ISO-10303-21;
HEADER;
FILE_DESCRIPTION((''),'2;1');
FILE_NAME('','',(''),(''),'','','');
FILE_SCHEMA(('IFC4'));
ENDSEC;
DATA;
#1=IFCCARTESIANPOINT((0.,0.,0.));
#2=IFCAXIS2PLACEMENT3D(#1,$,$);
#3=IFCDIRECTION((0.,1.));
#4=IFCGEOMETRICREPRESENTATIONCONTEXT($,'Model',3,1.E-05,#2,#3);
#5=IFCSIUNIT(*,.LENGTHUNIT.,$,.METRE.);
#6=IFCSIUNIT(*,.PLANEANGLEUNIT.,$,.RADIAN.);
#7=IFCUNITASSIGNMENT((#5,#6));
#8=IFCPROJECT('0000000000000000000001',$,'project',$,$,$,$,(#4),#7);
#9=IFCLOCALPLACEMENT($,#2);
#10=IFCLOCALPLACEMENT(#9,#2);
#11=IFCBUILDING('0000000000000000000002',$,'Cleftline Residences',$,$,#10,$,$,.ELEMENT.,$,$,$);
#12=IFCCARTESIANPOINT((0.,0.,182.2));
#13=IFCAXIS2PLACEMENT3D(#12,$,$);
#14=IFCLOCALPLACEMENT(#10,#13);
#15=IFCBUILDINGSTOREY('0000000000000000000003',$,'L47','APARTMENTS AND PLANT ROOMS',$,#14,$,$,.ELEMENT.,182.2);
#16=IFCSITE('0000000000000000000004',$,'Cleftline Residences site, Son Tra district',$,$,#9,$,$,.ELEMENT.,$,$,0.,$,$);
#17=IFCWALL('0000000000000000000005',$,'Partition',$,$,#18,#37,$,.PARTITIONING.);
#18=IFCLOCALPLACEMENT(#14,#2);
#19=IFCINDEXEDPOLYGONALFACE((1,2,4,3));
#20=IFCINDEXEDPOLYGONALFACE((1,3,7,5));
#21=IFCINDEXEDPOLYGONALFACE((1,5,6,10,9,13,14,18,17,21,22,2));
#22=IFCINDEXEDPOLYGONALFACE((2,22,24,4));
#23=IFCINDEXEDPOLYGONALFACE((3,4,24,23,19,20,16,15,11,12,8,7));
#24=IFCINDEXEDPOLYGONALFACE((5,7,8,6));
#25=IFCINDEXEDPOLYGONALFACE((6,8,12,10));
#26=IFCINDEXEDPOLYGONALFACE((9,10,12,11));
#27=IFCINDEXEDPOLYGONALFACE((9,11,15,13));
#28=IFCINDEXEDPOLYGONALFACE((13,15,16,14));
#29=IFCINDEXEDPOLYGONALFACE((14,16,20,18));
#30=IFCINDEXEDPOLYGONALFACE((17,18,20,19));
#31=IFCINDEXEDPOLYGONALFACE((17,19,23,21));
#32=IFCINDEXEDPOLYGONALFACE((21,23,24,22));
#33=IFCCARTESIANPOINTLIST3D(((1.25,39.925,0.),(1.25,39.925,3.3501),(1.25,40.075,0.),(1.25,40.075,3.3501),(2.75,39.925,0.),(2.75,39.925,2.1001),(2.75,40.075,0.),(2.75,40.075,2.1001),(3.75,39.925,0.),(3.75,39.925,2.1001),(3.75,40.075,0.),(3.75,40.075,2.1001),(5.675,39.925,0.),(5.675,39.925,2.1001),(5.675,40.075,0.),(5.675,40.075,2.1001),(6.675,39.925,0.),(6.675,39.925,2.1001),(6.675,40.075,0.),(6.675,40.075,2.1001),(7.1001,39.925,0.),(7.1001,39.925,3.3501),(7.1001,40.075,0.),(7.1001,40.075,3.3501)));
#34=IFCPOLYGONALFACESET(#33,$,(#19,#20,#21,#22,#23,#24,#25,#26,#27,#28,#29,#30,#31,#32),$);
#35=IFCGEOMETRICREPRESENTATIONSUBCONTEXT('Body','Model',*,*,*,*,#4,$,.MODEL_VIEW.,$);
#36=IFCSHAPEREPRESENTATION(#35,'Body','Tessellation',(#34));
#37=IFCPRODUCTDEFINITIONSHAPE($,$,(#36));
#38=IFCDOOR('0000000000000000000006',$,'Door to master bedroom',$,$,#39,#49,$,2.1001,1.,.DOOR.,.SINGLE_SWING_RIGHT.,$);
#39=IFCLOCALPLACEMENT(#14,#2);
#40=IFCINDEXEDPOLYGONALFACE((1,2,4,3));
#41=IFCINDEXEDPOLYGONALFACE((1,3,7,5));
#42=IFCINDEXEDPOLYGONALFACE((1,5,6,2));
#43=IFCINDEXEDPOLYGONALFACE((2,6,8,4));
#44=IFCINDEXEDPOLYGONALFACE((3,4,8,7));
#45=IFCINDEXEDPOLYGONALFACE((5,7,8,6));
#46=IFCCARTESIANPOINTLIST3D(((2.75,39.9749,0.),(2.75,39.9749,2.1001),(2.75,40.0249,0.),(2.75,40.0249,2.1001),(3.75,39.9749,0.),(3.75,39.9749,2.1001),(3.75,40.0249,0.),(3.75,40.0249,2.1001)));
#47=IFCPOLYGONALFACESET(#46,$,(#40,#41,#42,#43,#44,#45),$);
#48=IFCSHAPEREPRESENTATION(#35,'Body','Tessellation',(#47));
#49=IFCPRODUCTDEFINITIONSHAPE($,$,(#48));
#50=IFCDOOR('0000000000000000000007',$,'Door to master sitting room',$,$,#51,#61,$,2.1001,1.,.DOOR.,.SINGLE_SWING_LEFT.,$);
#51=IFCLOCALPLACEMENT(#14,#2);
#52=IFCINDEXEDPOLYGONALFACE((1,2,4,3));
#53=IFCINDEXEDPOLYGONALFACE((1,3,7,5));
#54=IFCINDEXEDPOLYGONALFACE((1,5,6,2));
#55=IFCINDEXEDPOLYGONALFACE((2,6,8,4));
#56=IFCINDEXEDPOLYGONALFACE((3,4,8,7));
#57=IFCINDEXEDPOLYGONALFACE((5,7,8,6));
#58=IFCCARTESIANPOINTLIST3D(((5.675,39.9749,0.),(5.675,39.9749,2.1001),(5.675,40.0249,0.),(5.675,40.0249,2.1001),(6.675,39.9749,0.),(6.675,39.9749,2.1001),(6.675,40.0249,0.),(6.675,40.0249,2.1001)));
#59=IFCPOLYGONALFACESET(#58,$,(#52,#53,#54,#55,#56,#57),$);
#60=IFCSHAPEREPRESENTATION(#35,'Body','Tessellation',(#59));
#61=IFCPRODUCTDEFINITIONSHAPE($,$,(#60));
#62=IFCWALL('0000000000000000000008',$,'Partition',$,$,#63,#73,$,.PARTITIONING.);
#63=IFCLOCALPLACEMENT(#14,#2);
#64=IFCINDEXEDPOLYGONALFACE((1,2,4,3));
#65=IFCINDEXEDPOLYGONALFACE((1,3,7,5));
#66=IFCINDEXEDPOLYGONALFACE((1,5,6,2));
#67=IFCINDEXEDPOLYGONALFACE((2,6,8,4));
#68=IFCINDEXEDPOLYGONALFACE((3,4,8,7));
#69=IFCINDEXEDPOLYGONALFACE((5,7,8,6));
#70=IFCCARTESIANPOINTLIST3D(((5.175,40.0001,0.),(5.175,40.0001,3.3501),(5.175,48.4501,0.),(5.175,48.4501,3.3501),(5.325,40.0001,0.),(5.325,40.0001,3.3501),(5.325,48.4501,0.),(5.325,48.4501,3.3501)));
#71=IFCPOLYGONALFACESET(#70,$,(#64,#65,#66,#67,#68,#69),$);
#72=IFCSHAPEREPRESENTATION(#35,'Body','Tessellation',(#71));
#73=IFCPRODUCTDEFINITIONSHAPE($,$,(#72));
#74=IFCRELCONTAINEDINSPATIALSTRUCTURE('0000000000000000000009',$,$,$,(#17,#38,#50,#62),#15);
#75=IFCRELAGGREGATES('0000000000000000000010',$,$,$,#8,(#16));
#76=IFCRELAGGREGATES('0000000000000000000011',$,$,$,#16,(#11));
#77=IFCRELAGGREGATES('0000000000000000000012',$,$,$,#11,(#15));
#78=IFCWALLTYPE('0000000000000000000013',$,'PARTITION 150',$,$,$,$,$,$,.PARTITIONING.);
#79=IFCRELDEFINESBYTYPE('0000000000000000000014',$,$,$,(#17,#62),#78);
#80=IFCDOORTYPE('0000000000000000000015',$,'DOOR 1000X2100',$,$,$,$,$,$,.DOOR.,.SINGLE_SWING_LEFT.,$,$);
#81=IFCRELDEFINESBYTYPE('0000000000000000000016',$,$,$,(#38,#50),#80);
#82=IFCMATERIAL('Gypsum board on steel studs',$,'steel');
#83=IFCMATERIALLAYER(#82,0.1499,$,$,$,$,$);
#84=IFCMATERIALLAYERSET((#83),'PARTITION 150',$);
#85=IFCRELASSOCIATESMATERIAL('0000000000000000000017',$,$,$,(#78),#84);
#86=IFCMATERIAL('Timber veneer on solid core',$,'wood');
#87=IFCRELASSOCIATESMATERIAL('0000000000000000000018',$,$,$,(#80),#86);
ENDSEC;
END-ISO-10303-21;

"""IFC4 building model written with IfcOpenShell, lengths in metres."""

from ifc_helpers import new_model, si_unit, direction, frame, frame_2d, origin, place, context, subcontext, project, spatial, rectangle, extrude, material, layer, layer_set, type_object, element, fill, save


model = new_model("IFC4")

# Units and contexts
model_context = context("Model", 3, precision=1e-05, world=origin(), true_north=direction((0.0, 1.0)))
body_context = subcontext(model_context, "Body", "Model", "MODEL_VIEW")
ifc_project = project(units=[si_unit("LENGTHUNIT", "METRE"), si_unit("PLANEANGLEUNIT", "RADIAN")], contexts=[model_context])

# Site, building, storey
site_placement = place(None, origin())
site = spatial("IfcSite", under=ifc_project, at=site_placement, Name="Cleftline Residences site, Son Tra district", CompositionType="ELEMENT", RefElevation=0.0)
building_placement = place(site_placement, origin())
building = spatial("IfcBuilding", under=site, at=building_placement, Name="Cleftline Residences", CompositionType="ELEMENT")
storey_placement = place(building_placement, frame((0.0, 0.0, 182.2)))
storey = spatial("IfcBuildingStorey", under=building, at=storey_placement, Name="L47", Description="APARTMENTS AND PLANT ROOMS", CompositionType="ELEMENT", Elevation=182.2)

# Wall, openings, doors
ifc_material_1 = material(Name="Gypsum board on steel studs", Category="steel")
ifc_layer_1 = layer(ifc_material_1, 0.1499)
ifc_layer_set_1 = layer_set([ifc_layer_1], Name="PARTITION 150")
wall_type_1 = type_object("IfcWallType", Name="PARTITION 150", PredefinedType="PARTITIONING", material=ifc_layer_set_1)
wall_1_placement = place(storey_placement, frame((1.25, 40.0, 0.0), z_axis=(0.0, 0.0, 1.0), x_axis=(1.0, 0.0, 0.0)))
wall_1 = element("IfcWall", 1, at=wall_1_placement, inside=storey, type_object=wall_type_1, Name="Partition", PredefinedType="PARTITIONING", context=body_context, shape_type="SweptSolid", body=[
    extrude(rectangle(XDim=5.8501, YDim=0.1499, at=frame_2d((2.925, 0.0))), origin(), (0.0, 0.0, 1.0), 3.3501),
])
opening_1_placement = place(wall_1_placement, frame((1.5, 0.0, 0.0)))
opening_1 = element("IfcOpeningElement", 2, at=opening_1_placement, cuts=wall_1, PredefinedType="OPENING", context=body_context, shape_type="SweptSolid", body=[
    extrude(rectangle(XDim=1.0, YDim=2.1001, at=frame_2d((0.5, 1.05))), frame((0.0, 0.085, 0.0), z_axis=(0.0, -1.0, 0.0), x_axis=(1.0, 0.0, 0.0)), (0.0, 0.0, 1.0), 0.1699),
])
opening_2_placement = place(wall_1_placement, frame((4.425, 0.0, 0.0)))
opening_2 = element("IfcOpeningElement", 3, at=opening_2_placement, cuts=wall_1, PredefinedType="OPENING", context=body_context, shape_type="SweptSolid", body=[
    extrude(rectangle(XDim=1.0, YDim=2.1001, at=frame_2d((0.5, 1.05))), frame((0.0, 0.085, 0.0), z_axis=(0.0, -1.0, 0.0), x_axis=(1.0, 0.0, 0.0)), (0.0, 0.0, 1.0), 0.1699),
])
ifc_material_2 = material(Name="Timber veneer on solid core", Category="wood")
door_type = type_object("IfcDoorType", Name="DOOR 1000X2100", OperationType="SINGLE_SWING_LEFT", PredefinedType="DOOR", material=ifc_material_2)
door_1_placement = place(opening_1_placement, origin())
door_1 = element("IfcDoor", 4, at=door_1_placement, inside=storey, type_object=door_type, Name="Door to master bedroom", OperationType="SINGLE_SWING_RIGHT", OverallHeight=2.1001, OverallWidth=1.0, PredefinedType="DOOR", context=body_context, shape_type="SweptSolid", body=[
    extrude(rectangle(XDim=1.0, YDim=2.1001, at=frame_2d((0.5, 1.05))), frame((0.0, 0.0249, 0.0), z_axis=(0.0, -1.0, 0.0), x_axis=(1.0, 0.0, 0.0)), (0.0, 0.0, 1.0), 0.05),
])
fill(opening_1, door_1)
door_2_placement = place(opening_2_placement, origin())
door_2 = element("IfcDoor", 5, at=door_2_placement, inside=storey, type_object=door_type, Name="Door to master sitting room", OperationType="SINGLE_SWING_LEFT", OverallHeight=2.1001, OverallWidth=1.0, PredefinedType="DOOR", context=body_context, shape_type="SweptSolid", body=[
    extrude(rectangle(XDim=1.0, YDim=2.1001, at=frame_2d((0.5, 1.05))), frame((0.0, 0.0249, 0.0), z_axis=(0.0, -1.0, 0.0), x_axis=(1.0, 0.0, 0.0)), (0.0, 0.0, 1.0), 0.05),
])
fill(opening_2, door_2)

# Wall
wall_2_placement = place(storey_placement, frame((5.25, 40.0, 0.0), z_axis=(0.0, 0.0, 1.0), x_axis=(0.0, 1.0, 0.0)))
element("IfcWall", 6, at=wall_2_placement, inside=storey, type_object=wall_type_1, Name="Partition", PredefinedType="PARTITIONING", context=body_context, shape_type="SweptSolid", body=[
    extrude(rectangle(XDim=8.45, YDim=0.1499, at=frame_2d((4.2251, 0.0))), origin(), (0.0, 0.0, 1.0), 3.3501),
])

save(model, "model.ifc")
